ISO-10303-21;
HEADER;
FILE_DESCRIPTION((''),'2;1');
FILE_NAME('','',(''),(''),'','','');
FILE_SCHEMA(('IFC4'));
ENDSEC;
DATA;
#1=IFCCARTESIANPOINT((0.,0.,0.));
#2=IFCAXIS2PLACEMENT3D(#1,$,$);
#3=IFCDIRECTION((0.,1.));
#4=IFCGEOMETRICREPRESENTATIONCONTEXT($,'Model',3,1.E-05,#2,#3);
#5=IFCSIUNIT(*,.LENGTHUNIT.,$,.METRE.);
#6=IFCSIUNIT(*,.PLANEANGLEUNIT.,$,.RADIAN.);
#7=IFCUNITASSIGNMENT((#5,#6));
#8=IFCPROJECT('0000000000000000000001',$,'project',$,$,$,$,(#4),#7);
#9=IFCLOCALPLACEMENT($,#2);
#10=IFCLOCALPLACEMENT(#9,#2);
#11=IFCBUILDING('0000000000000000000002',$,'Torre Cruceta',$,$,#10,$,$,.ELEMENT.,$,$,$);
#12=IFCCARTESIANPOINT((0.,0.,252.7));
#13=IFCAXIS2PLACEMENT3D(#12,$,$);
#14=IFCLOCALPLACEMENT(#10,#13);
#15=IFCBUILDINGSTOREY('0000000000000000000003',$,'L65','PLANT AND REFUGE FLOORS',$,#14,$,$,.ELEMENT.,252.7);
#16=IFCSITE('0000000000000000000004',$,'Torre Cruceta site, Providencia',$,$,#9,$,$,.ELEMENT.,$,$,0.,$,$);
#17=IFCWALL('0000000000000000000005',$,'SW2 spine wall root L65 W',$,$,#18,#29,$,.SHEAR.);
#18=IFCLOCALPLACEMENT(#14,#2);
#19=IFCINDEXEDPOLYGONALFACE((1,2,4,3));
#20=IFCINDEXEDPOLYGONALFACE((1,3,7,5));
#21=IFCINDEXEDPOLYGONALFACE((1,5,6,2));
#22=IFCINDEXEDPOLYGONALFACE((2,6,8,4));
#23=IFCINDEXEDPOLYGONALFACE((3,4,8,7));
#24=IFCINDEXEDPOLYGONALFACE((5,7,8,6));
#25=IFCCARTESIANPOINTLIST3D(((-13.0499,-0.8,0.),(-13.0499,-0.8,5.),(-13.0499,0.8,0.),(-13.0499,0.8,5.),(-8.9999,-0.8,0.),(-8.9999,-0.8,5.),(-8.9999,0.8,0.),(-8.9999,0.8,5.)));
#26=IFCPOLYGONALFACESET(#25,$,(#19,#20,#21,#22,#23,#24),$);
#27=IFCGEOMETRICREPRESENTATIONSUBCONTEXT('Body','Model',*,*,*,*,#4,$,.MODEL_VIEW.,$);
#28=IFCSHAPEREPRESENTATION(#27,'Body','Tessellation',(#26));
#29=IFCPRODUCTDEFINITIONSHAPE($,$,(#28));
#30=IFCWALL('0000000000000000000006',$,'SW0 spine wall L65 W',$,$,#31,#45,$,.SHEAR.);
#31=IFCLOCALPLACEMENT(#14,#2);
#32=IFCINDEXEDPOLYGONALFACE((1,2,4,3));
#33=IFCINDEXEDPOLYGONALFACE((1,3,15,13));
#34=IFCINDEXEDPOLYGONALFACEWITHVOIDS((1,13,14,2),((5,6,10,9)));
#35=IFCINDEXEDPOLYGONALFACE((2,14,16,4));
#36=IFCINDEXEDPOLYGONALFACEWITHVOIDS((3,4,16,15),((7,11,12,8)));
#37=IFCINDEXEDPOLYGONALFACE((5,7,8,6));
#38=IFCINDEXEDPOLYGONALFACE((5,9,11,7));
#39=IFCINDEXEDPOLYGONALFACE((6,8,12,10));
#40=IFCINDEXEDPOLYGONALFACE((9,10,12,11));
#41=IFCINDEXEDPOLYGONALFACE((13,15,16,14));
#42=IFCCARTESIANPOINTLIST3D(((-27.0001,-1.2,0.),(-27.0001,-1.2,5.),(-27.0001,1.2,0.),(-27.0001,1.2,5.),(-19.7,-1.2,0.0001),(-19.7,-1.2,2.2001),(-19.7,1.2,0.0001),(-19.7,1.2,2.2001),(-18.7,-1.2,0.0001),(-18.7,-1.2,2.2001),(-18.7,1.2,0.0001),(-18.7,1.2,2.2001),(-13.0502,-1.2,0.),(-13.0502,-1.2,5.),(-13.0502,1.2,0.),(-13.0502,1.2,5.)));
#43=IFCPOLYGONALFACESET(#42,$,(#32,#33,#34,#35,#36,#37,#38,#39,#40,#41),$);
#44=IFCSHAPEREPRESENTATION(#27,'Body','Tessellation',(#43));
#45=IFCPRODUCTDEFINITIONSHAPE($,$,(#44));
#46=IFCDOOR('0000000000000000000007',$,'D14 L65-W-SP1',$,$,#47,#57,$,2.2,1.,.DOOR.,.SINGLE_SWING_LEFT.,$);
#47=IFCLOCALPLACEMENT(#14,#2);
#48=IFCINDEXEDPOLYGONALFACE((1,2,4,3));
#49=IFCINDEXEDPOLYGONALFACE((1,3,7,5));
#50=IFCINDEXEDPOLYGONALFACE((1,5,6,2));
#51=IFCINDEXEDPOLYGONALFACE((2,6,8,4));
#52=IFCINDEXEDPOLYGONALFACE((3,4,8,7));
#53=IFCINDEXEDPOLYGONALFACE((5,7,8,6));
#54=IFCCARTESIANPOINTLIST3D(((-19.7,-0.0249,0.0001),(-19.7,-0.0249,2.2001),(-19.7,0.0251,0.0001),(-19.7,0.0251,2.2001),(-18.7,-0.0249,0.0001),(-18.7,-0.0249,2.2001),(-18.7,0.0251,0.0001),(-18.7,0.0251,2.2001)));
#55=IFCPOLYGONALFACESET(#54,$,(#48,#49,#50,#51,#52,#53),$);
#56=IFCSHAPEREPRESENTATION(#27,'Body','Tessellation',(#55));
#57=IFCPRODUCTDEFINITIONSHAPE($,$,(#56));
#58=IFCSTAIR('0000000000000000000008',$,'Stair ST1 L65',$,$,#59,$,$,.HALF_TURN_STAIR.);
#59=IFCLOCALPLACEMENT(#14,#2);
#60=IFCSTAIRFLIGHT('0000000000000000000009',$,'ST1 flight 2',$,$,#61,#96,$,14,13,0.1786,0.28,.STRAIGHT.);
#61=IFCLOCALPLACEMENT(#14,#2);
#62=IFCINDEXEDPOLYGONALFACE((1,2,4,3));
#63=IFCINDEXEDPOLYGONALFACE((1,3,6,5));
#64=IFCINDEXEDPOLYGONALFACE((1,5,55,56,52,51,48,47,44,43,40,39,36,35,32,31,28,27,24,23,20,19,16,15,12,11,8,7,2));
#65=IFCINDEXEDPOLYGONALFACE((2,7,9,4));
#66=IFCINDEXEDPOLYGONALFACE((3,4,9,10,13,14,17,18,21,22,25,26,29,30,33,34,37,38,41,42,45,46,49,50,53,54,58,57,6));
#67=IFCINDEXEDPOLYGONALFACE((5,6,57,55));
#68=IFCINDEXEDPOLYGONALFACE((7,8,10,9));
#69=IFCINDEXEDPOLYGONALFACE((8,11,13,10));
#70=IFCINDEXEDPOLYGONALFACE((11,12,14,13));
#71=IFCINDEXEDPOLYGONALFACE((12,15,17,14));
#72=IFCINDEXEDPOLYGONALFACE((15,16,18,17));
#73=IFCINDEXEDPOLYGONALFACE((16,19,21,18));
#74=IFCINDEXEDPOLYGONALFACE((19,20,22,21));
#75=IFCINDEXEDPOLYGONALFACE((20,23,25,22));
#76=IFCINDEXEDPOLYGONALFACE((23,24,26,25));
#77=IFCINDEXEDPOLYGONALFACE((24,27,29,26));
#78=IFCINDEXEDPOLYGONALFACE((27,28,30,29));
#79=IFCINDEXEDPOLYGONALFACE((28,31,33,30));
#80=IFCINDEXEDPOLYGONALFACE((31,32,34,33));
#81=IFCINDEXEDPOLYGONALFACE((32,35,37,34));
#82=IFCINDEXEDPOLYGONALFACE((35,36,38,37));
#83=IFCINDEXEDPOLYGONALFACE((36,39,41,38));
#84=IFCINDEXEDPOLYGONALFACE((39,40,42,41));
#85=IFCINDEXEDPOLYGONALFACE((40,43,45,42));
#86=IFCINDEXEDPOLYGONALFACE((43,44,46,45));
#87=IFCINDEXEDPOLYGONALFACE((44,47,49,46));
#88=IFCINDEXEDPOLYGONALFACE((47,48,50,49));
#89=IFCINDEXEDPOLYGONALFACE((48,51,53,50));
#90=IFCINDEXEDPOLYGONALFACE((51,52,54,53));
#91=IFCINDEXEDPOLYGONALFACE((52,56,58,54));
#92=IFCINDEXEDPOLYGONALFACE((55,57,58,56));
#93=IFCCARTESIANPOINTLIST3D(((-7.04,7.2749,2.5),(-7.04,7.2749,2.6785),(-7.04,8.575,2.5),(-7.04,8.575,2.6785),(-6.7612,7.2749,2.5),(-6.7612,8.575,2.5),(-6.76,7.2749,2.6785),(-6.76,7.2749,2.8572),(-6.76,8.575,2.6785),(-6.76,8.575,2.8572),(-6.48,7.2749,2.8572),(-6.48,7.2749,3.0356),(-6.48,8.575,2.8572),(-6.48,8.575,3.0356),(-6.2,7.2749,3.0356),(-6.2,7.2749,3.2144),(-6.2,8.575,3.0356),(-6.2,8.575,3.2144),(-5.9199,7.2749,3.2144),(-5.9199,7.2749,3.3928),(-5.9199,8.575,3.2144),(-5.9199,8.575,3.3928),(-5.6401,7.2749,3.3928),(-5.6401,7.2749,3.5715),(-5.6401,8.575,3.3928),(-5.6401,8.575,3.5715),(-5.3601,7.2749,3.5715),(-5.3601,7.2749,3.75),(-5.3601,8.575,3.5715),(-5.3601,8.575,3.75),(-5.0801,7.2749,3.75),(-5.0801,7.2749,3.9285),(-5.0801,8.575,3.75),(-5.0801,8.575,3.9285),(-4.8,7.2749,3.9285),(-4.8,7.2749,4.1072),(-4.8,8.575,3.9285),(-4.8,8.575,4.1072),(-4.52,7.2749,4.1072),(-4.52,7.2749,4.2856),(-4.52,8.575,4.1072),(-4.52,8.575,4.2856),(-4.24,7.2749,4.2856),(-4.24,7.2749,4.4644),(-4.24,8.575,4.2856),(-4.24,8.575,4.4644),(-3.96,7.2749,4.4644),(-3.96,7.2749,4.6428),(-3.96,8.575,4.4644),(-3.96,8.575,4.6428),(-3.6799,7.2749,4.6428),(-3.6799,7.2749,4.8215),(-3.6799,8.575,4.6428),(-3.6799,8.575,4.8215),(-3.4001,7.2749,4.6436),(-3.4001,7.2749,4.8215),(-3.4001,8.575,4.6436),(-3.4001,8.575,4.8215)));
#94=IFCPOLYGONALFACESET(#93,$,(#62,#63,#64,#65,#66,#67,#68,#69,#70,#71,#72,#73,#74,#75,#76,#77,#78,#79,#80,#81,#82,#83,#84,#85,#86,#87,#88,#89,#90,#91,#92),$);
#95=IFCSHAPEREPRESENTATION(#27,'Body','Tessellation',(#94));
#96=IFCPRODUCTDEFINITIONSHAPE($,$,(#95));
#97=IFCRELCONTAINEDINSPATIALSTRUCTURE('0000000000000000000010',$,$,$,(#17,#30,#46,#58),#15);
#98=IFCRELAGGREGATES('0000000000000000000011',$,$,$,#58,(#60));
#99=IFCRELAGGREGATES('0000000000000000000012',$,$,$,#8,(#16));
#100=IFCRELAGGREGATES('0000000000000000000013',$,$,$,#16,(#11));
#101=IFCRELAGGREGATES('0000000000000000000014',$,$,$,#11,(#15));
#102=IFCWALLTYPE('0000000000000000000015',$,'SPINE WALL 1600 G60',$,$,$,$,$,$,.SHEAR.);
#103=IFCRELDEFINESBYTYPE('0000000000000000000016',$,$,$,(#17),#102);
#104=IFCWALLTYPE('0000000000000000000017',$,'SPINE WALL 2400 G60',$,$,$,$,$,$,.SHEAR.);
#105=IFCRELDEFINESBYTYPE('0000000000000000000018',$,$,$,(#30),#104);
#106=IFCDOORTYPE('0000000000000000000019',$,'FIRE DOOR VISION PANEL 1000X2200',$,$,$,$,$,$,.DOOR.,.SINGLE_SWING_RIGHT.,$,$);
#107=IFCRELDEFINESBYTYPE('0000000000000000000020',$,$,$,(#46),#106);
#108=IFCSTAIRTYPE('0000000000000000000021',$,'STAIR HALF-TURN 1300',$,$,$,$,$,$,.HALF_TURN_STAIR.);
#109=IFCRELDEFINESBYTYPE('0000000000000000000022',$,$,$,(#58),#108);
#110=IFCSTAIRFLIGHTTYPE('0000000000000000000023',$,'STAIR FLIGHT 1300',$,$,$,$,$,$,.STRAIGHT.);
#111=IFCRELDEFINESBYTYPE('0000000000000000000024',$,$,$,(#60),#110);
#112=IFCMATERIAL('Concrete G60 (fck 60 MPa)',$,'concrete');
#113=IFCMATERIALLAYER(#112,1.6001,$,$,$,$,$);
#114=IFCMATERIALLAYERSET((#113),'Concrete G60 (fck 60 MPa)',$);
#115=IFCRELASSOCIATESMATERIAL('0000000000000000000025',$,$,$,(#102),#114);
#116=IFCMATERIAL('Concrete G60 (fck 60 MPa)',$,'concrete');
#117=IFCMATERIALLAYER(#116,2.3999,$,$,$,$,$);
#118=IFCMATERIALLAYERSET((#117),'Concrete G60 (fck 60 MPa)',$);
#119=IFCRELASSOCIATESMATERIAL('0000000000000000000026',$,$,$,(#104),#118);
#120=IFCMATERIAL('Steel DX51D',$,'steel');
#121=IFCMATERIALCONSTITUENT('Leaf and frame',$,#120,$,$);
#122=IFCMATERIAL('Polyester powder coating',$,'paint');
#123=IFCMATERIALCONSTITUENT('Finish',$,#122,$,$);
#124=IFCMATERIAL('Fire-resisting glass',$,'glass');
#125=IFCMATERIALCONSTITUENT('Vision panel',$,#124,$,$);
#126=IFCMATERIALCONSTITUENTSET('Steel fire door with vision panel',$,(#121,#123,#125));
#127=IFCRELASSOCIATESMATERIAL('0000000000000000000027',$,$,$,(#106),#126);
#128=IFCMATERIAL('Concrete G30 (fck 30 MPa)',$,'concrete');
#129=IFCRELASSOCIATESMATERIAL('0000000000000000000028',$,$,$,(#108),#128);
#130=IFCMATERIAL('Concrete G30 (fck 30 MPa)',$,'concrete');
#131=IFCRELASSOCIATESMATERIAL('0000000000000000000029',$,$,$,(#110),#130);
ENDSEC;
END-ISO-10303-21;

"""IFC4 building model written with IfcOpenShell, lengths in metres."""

from ifc_helpers import new_model, si_unit, direction, frame, frame_2d, origin, place, context, subcontext, project, spatial, polyline, rectangle, outline, extrude, material, layer, layer_set, constituent, constituent_set, type_object, element, fill, aggregate, save


model = new_model("IFC4")

# Units and contexts
model_context = context("Model", 3, precision=1e-05, world=origin(), true_north=direction((0.0, 1.0)))
body_context = subcontext(model_context, "Body", "Model", "MODEL_VIEW")
ifc_project = project(units=[si_unit("LENGTHUNIT", "METRE"), si_unit("PLANEANGLEUNIT", "RADIAN")], contexts=[model_context])

# Site, building, storey
site_placement = place(None, origin())
site = spatial("IfcSite", under=ifc_project, at=site_placement, Name="Torre Cruceta site, Providencia", CompositionType="ELEMENT", RefElevation=0.0)
building_placement = place(site_placement, origin())
building = spatial("IfcBuilding", under=site, at=building_placement, Name="Torre Cruceta", CompositionType="ELEMENT")
storey_placement = place(building_placement, frame((0.0, 0.0, 252.7)))
storey = spatial("IfcBuildingStorey", under=building, at=storey_placement, Name="L65", Description="PLANT AND REFUGE FLOORS", CompositionType="ELEMENT", Elevation=252.7)

# Wall
ifc_material_1 = material(Name="Concrete G60 (fck 60 MPa)", Category="concrete")
ifc_layer_1 = layer(ifc_material_1, 1.6001)
ifc_layer_set_1 = layer_set([ifc_layer_1], Name="Concrete G60 (fck 60 MPa)")
wall_type_1 = type_object("IfcWallType", Name="SPINE WALL 1600 G60", PredefinedType="SHEAR", material=ifc_layer_set_1)
wall_1_placement = place(storey_placement, frame((-9.0, 0.0, 0.0), z_axis=(0.0, 0.0, 1.0), x_axis=(-1.0, 0.0, 0.0)))
element("IfcWall", 1, at=wall_1_placement, inside=storey, type_object=wall_type_1, Name="SW2 spine wall root L65 W", PredefinedType="SHEAR", context=body_context, shape_type="SweptSolid", body=[
    extrude(rectangle(XDim=4.05, YDim=1.6001, at=frame_2d((2.0249, 0.0))), origin(), (0.0, 0.0, 1.0), 5.0),
])

# Wall, opening, door
ifc_material_2 = material(Name="Concrete G60 (fck 60 MPa)", Category="concrete")
ifc_layer_2 = layer(ifc_material_2, 2.3999)
ifc_layer_set_2 = layer_set([ifc_layer_2], Name="Concrete G60 (fck 60 MPa)")
wall_type_2 = type_object("IfcWallType", Name="SPINE WALL 2400 G60", PredefinedType="SHEAR", material=ifc_layer_set_2)
wall_2_placement = place(storey_placement, frame((-13.05, 0.0, 0.0), z_axis=(0.0, 0.0, 1.0), x_axis=(-1.0, 0.0, 0.0)))
wall_2 = element("IfcWall", 2, at=wall_2_placement, inside=storey, type_object=wall_type_2, Name="SW0 spine wall L65 W", PredefinedType="SHEAR", context=body_context, shape_type="SweptSolid", body=[
    extrude(rectangle(XDim=13.95, YDim=2.3999, at=frame_2d((6.9751, 0.0))), origin(), (0.0, 0.0, 1.0), 5.0),
])
opening_1_placement = place(wall_2_placement, frame((5.6499, 0.0, 0.0)))
opening_1 = element("IfcOpeningElement", 3, at=opening_1_placement, cuts=wall_2, PredefinedType="OPENING", context=body_context, shape_type="SweptSolid", body=[
    extrude(rectangle(XDim=1.0, YDim=2.2, at=frame_2d((0.5, 1.1001))), frame((0.0, 1.21, 0.0), z_axis=(0.0, -1.0, 0.0), x_axis=(1.0, 0.0, 0.0)), (0.0, 0.0, 1.0), 2.4199),
])
ifc_material_3 = material(Name="Steel DX51D", Category="steel")
ifc_constituent_1 = constituent(ifc_material_3, Name="Leaf and frame")
ifc_material_4 = material(Name="Polyester powder coating", Category="paint")
ifc_constituent_2 = constituent(ifc_material_4, Name="Finish")
ifc_material_5 = material(Name="Fire-resisting glass", Category="glass")
ifc_constituent_3 = constituent(ifc_material_5, Name="Vision panel")
ifc_constituent_set_1 = constituent_set(constituents=[ifc_constituent_1, ifc_constituent_2, ifc_constituent_3], Name="Steel fire door with vision panel")
door_type_1 = type_object("IfcDoorType", Name="FIRE DOOR VISION PANEL 1000X2200", OperationType="SINGLE_SWING_RIGHT", PredefinedType="DOOR", material=ifc_constituent_set_1)
door_1_placement = place(opening_1_placement, frame((1.0, 0.0, 0.0), z_axis=(0.0, 0.0, 1.0), x_axis=(-1.0, 0.0, 0.0)))
door_1 = element("IfcDoor", 4, at=door_1_placement, inside=storey, type_object=door_type_1, Name="D14 L65-W-SP1", OperationType="SINGLE_SWING_LEFT", OverallHeight=2.2, OverallWidth=1.0, PredefinedType="DOOR", context=body_context, shape_type="SweptSolid", body=[
    extrude(rectangle(XDim=1.0, YDim=2.2, at=frame_2d((0.5, 1.1001))), frame((0.0, 0.0251, 0.0), z_axis=(0.0, -1.0, 0.0), x_axis=(1.0, 0.0, 0.0)), (0.0, 0.0, 1.0), 0.05),
])
fill(opening_1, door_1)

# Stair, stair flight
ifc_material_6 = material(Name="Concrete G30 (fck 30 MPa)", Category="concrete")
stair_type = type_object("IfcStairType", Name="STAIR HALF-TURN 1300", PredefinedType="HALF_TURN_STAIR", material=ifc_material_6)
stair_placement = place(storey_placement, origin())
stair = element("IfcStair", 5, at=stair_placement, inside=storey, type_object=stair_type, Name="Stair ST1 L65", PredefinedType="HALF_TURN_STAIR")
ifc_material_7 = material(Name="Concrete G30 (fck 30 MPa)", Category="concrete")
stair_flight_type = type_object("IfcStairFlightType", Name="STAIR FLIGHT 1300", PredefinedType="STRAIGHT", material=ifc_material_7)
stair_flight_placement = place(storey_placement, frame((-7.04, 7.925, 2.5), z_axis=(0.0, 0.0, 1.0), x_axis=(1.0, 0.0, 0.0)))
stair_flight = element("IfcStairFlight", 6, at=stair_flight_placement, type_object=stair_flight_type, Name="ST1 flight 2", NumberOfRisers=14, NumberOfTreads=13, PredefinedType="STRAIGHT", RiserHeight=0.1786, TreadLength=0.28, context=body_context, shape_type="SweptSolid", body=[
    extrude(outline(polyline([(0.0, 0.0), (0.0, 0.1785), (0.28, 0.1785), (0.28, 0.3572), (0.5601, 0.3572), (0.5601, 0.5356), (0.8401, 0.5356), (0.8401, 0.7144), (1.1201, 0.7144), (1.1201, 0.8928), (1.3999, 0.8928), (1.3999, 1.0715), (1.6799, 1.0715), (1.6799, 1.25), (1.96, 1.25), (1.96, 1.4285), (2.24, 1.4285), (2.24, 1.6072), (2.52, 1.6072), (2.52, 1.7856), (2.8, 1.7856), (2.8, 1.9644), (3.0801, 1.9644), (3.0801, 2.1428), (3.3601, 2.1428), (3.3601, 2.3215), (3.6399, 2.3215), (3.6399, 2.5), (3.6399, 2.1436), (0.2788, 0.0), (0.0, 0.0)])), frame((0.0, 0.6499, 0.0), z_axis=(0.0, -1.0, 0.0), x_axis=(1.0, 0.0, 0.0)), (0.0, 0.0, 1.0), 1.3),
])
aggregate(stair, [stair_flight])

save(model, "model.ifc")
